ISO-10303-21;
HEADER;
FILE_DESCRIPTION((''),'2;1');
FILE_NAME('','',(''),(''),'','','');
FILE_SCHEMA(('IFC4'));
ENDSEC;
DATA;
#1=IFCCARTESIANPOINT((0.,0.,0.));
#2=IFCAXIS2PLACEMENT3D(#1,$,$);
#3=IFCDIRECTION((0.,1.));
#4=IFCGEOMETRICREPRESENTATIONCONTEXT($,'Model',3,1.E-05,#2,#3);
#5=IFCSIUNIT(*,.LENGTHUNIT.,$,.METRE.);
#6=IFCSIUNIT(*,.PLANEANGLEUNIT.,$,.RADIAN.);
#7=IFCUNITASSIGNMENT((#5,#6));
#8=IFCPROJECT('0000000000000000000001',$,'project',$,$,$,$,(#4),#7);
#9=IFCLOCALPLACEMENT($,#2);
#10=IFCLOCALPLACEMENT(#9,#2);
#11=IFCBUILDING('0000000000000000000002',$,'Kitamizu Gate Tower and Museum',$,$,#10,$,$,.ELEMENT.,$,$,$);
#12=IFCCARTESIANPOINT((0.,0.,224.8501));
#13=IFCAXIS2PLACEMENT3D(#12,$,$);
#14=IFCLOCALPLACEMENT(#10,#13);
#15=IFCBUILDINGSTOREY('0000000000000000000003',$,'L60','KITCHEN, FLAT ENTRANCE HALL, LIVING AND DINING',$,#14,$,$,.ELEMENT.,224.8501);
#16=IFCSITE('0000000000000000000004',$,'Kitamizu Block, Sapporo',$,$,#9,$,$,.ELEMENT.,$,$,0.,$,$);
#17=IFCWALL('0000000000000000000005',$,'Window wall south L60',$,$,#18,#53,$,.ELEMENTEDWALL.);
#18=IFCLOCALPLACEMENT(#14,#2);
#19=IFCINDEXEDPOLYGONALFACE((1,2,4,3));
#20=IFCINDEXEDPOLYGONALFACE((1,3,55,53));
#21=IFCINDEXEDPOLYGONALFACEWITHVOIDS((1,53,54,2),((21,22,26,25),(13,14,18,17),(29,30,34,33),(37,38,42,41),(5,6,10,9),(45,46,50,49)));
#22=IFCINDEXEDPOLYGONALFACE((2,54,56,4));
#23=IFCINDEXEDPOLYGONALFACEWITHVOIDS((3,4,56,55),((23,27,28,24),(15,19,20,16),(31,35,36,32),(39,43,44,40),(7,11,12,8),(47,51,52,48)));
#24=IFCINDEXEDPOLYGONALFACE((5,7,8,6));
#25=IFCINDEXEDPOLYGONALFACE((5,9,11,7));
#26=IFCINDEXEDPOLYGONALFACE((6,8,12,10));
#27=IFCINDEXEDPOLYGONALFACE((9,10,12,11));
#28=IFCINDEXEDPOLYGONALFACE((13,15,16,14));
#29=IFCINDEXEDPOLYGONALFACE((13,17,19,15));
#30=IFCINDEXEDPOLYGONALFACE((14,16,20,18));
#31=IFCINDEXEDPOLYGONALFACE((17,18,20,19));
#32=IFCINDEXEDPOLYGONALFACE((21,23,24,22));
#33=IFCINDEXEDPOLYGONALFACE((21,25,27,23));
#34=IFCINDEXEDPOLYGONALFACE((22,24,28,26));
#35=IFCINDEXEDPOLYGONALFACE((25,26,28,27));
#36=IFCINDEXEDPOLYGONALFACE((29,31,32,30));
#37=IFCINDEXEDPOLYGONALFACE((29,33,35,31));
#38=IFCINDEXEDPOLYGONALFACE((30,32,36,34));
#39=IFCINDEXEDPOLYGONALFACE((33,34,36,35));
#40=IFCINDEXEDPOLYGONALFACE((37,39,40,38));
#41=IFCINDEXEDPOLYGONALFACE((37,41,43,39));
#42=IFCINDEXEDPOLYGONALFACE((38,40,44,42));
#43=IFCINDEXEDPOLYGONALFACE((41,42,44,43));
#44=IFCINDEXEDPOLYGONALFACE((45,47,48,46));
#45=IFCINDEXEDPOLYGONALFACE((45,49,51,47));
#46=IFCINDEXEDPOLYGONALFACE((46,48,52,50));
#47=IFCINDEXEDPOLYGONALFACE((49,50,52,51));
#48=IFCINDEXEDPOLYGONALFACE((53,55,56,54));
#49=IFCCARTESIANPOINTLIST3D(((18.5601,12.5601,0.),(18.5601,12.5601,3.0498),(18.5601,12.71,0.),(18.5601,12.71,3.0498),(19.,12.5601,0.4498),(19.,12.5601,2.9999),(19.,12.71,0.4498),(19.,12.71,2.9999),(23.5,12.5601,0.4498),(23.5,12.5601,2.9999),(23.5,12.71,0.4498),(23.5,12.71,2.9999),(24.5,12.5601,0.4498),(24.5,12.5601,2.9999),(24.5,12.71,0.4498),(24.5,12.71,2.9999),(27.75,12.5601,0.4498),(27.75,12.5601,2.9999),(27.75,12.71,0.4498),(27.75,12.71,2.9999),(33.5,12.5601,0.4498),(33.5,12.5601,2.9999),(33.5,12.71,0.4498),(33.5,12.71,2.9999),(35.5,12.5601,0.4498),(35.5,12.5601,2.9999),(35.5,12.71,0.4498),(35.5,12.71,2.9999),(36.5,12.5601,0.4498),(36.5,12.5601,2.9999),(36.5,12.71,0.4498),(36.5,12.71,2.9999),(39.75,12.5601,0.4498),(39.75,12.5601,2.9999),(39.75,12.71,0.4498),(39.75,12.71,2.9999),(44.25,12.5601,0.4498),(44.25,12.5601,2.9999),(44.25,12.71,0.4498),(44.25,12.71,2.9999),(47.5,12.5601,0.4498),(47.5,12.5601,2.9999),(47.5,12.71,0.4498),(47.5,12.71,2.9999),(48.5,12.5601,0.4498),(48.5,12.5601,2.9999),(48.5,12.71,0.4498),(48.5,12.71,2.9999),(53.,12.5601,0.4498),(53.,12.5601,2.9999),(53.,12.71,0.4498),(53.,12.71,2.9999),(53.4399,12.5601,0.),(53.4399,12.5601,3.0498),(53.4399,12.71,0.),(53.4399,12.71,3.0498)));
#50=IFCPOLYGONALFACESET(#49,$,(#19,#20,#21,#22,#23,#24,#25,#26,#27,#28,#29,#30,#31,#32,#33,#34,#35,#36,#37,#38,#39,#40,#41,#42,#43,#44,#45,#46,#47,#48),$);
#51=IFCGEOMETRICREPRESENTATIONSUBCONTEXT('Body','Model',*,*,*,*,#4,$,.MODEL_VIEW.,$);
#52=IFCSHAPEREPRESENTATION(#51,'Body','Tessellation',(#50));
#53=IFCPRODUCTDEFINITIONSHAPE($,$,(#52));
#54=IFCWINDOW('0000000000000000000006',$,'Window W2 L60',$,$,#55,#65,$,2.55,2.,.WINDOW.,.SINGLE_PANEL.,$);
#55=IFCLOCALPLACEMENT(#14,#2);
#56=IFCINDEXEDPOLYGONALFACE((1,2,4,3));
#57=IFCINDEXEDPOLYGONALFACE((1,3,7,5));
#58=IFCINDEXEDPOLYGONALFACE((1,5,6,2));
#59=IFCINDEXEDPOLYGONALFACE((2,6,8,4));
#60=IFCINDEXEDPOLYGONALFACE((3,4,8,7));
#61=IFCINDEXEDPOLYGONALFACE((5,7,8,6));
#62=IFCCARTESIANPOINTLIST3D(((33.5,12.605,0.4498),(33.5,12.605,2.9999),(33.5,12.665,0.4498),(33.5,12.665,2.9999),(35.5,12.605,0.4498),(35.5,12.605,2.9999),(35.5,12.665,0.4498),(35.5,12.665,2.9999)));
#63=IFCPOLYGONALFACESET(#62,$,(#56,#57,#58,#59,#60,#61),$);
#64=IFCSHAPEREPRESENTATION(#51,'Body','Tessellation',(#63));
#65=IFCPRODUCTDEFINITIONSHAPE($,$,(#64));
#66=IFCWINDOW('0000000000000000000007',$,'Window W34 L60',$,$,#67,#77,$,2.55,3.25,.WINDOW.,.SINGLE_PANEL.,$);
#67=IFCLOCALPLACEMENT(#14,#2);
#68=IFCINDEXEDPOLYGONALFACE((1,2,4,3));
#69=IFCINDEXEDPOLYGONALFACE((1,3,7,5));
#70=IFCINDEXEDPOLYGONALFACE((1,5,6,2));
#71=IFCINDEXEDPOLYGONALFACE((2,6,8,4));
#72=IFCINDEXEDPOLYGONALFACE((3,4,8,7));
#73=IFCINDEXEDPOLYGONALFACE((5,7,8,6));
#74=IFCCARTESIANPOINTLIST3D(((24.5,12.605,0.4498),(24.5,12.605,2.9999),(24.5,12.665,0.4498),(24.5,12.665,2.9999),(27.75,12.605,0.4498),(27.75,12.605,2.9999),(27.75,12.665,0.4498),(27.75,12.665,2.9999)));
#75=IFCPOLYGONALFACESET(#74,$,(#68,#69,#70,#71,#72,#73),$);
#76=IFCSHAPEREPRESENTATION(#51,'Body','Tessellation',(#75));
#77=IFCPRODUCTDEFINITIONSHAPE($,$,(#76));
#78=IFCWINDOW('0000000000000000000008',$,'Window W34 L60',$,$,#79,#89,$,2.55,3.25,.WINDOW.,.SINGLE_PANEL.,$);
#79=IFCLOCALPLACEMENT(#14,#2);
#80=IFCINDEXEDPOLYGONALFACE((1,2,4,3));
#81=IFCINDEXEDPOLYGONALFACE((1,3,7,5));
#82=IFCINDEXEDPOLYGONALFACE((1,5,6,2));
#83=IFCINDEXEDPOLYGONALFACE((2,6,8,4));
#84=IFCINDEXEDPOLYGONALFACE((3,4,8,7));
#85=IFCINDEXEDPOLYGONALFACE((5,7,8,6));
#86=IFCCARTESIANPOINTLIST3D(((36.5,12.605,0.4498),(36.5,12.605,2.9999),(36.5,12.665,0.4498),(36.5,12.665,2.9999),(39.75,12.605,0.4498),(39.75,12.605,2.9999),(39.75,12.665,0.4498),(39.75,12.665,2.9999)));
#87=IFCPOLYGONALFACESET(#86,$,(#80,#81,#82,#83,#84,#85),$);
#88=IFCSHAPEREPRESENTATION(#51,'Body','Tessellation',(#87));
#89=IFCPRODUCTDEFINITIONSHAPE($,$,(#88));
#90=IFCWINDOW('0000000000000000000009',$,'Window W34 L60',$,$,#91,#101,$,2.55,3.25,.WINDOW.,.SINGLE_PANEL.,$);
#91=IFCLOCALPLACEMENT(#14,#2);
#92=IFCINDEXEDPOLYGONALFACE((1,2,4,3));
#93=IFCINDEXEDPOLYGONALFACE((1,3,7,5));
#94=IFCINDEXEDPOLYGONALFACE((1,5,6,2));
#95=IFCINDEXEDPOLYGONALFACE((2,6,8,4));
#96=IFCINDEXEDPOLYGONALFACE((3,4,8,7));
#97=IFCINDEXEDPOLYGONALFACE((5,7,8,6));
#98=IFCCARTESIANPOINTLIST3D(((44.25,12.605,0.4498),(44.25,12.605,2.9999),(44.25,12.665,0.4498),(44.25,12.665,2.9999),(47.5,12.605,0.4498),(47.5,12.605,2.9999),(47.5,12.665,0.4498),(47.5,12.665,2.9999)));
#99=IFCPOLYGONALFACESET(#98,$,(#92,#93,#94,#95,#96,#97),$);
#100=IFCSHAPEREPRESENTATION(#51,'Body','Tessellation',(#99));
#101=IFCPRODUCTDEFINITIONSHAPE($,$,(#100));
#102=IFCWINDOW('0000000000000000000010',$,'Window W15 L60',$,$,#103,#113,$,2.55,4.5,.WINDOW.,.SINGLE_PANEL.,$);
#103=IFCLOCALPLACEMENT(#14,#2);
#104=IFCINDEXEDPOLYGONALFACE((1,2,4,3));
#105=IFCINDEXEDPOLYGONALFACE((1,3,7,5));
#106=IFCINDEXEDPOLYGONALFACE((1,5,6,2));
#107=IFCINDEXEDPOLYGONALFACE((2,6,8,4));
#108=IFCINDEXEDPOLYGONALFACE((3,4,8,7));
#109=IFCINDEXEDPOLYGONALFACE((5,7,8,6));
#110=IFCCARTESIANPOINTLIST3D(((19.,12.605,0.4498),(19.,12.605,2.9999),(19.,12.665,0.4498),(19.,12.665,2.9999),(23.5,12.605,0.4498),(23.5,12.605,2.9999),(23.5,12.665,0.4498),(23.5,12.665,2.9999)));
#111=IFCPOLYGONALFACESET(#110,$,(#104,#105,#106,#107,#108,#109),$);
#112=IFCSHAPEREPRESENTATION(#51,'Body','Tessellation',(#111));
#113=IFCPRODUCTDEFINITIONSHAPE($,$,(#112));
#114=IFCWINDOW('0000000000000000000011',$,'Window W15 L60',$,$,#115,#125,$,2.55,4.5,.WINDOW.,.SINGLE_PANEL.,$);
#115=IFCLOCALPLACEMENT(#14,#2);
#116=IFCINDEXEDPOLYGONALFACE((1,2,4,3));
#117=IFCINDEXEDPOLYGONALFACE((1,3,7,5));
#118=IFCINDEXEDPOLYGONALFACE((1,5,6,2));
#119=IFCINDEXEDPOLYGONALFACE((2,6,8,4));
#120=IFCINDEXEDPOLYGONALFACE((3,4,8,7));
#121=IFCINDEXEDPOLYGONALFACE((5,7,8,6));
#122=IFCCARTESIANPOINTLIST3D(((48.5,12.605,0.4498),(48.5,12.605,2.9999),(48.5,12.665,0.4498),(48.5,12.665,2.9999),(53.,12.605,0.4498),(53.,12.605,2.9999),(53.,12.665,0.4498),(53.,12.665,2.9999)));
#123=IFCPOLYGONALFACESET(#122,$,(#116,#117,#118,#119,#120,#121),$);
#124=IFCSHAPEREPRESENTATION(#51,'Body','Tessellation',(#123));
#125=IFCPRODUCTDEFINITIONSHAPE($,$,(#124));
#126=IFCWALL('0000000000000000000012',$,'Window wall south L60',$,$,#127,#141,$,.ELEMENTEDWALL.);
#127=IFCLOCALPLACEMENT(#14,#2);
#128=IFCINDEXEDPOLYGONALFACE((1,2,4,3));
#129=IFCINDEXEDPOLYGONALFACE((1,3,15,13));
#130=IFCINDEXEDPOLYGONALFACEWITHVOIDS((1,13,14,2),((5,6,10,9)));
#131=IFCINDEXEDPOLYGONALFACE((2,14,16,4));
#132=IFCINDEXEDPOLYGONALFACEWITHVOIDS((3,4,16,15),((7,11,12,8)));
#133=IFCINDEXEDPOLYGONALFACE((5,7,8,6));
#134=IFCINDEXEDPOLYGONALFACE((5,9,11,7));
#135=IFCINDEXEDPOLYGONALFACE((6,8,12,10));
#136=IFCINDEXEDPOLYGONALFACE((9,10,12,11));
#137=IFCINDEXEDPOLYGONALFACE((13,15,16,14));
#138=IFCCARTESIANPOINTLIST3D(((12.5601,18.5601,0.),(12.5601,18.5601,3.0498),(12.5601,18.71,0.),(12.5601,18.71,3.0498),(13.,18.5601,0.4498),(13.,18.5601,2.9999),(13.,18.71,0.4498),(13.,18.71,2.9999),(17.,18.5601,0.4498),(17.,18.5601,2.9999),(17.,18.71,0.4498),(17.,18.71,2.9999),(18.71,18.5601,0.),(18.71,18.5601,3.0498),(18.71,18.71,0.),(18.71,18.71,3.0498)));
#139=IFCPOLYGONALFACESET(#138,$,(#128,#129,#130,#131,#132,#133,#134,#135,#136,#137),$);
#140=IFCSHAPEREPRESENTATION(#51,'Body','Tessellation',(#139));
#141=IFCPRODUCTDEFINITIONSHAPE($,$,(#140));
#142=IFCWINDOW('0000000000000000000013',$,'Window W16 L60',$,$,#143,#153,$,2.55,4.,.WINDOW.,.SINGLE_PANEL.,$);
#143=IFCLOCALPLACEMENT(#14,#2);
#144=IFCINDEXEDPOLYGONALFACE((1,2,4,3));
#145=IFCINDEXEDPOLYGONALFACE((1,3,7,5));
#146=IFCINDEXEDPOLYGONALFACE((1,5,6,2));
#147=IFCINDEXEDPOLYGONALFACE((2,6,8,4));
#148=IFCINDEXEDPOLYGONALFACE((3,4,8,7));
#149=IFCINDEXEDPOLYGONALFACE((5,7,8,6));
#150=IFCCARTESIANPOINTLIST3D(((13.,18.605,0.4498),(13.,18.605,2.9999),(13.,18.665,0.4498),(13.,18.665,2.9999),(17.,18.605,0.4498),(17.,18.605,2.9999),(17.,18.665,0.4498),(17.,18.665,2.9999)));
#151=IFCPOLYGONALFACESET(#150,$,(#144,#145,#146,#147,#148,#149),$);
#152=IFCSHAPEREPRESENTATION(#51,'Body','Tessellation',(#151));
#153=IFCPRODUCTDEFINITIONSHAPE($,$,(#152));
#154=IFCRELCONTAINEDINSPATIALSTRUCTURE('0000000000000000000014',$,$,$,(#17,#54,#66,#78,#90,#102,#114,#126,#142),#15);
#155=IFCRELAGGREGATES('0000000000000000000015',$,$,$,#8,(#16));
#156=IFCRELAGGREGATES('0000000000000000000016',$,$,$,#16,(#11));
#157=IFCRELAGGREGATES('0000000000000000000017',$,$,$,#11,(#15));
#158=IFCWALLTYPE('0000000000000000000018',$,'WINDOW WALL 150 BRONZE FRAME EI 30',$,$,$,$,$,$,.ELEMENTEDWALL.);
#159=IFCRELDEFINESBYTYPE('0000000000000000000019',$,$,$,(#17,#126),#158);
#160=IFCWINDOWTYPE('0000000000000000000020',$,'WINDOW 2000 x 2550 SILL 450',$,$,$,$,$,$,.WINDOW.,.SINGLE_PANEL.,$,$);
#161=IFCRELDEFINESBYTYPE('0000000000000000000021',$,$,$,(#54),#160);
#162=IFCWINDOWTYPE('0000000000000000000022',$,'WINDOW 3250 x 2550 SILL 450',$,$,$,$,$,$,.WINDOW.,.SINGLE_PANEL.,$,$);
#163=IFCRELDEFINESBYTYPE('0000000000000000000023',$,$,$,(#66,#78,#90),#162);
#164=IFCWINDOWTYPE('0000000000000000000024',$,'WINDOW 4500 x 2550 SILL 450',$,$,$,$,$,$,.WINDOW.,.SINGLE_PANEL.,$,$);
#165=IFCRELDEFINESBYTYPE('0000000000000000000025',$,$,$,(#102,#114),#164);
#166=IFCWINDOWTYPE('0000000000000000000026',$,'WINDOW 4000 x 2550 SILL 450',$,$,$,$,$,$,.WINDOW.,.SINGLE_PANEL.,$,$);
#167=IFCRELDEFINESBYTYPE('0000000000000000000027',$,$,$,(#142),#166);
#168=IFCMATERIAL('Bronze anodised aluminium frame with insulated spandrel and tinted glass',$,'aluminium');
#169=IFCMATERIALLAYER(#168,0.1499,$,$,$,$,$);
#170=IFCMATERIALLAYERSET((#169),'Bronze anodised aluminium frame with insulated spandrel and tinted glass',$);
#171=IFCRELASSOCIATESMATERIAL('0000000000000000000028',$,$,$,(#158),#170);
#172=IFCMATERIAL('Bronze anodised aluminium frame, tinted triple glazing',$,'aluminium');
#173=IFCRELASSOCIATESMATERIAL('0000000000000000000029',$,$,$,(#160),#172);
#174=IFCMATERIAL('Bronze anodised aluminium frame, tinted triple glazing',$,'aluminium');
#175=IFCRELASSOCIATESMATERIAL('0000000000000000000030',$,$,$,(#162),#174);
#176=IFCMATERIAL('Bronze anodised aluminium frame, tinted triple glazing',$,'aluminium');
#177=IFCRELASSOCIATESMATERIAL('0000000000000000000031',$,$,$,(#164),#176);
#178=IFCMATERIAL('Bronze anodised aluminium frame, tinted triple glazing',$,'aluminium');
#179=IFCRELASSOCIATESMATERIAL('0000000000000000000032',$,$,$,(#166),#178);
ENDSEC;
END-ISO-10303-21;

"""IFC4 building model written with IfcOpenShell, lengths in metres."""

from ifc_helpers import new_model, si_unit, direction, frame, frame_2d, origin, place, context, subcontext, project, spatial, rectangle, extrude, material, layer, layer_set, type_object, element, fill, save


model = new_model("IFC4")

# Units and contexts
model_context = context("Model", 3, precision=1e-05, world=origin(), true_north=direction((0.0, 1.0)))
body_context = subcontext(model_context, "Body", "Model", "MODEL_VIEW")
ifc_project = project(units=[si_unit("LENGTHUNIT", "METRE"), si_unit("PLANEANGLEUNIT", "RADIAN")], contexts=[model_context])

# Site, building, storey
site_placement = place(None, origin())
site = spatial("IfcSite", under=ifc_project, at=site_placement, Name="Kitamizu Block, Sapporo", CompositionType="ELEMENT", RefElevation=0.0)
building_placement = place(site_placement, origin())
building = spatial("IfcBuilding", under=site, at=building_placement, Name="Kitamizu Gate Tower and Museum", CompositionType="ELEMENT")
storey_placement = place(building_placement, frame((0.0, 0.0, 224.8501)))
storey = spatial("IfcBuildingStorey", under=building, at=storey_placement, Name="L60", Description="KITCHEN, FLAT ENTRANCE HALL, LIVING AND DINING", CompositionType="ELEMENT", Elevation=224.8501)

# Wall, openings, windows
ifc_material_1 = material(Name="Bronze anodised aluminium frame with insulated spandrel and tinted glass", Category="aluminium")
ifc_layer_1 = layer(ifc_material_1, 0.1499)
ifc_layer_set_1 = layer_set([ifc_layer_1], Name="Bronze anodised aluminium frame with insulated spandrel and tinted glass")
wall_type_1 = type_object("IfcWallType", Name="WINDOW WALL 150 BRONZE FRAME EI 30", PredefinedType="ELEMENTEDWALL", material=ifc_layer_set_1)
wall_1_placement = place(storey_placement, frame((18.5601, 12.635, 0.0), z_axis=(0.0, 0.0, 1.0), x_axis=(1.0, 0.0, 0.0)))
wall_1 = element("IfcWall", 1, at=wall_1_placement, inside=storey, type_object=wall_type_1, Name="Window wall south L60", PredefinedType="ELEMENTEDWALL", context=body_context, shape_type="SweptSolid", body=[
    extrude(rectangle(XDim=34.8799, YDim=0.1499, at=frame_2d((17.4399, 0.0))), origin(), (0.0, 0.0, 1.0), 3.0498),
])
opening_1_placement = place(wall_1_placement, frame((0.4399, 0.0, 0.45)))
opening_1 = element("IfcOpeningElement", 2, at=opening_1_placement, cuts=wall_1, PredefinedType="OPENING", context=body_context, shape_type="SweptSolid", body=[
    extrude(rectangle(XDim=4.5, YDim=2.55, at=frame_2d((2.25, 1.2749))), frame((0.0, 0.085, 0.0), z_axis=(0.0, -1.0, 0.0), x_axis=(1.0, 0.0, 0.0)), (0.0, 0.0, 1.0), 0.1699),
])
opening_2_placement = place(wall_1_placement, frame((5.9399, 0.0, 0.45)))
opening_2 = element("IfcOpeningElement", 3, at=opening_2_placement, cuts=wall_1, PredefinedType="OPENING", context=body_context, shape_type="SweptSolid", body=[
    extrude(rectangle(XDim=3.25, YDim=2.55, at=frame_2d((1.625, 1.2749))), frame((0.0, 0.085, 0.0), z_axis=(0.0, -1.0, 0.0), x_axis=(1.0, 0.0, 0.0)), (0.0, 0.0, 1.0), 0.1699),
])
opening_3_placement = place(wall_1_placement, frame((14.9399, 0.0, 0.45)))
opening_3 = element("IfcOpeningElement", 4, at=opening_3_placement, cuts=wall_1, PredefinedType="OPENING", context=body_context, shape_type="SweptSolid", body=[
    extrude(rectangle(XDim=2.0, YDim=2.55, at=frame_2d((1.0, 1.2749))), frame((0.0, 0.085, 0.0), z_axis=(0.0, -1.0, 0.0), x_axis=(1.0, 0.0, 0.0)), (0.0, 0.0, 1.0), 0.1699),
])
opening_4_placement = place(wall_1_placement, frame((17.9399, 0.0, 0.45)))
opening_4 = element("IfcOpeningElement", 5, at=opening_4_placement, cuts=wall_1, PredefinedType="OPENING", context=body_context, shape_type="SweptSolid", body=[
    extrude(rectangle(XDim=3.25, YDim=2.55, at=frame_2d((1.625, 1.2749))), frame((0.0, 0.085, 0.0), z_axis=(0.0, -1.0, 0.0), x_axis=(1.0, 0.0, 0.0)), (0.0, 0.0, 1.0), 0.1699),
])
opening_5_placement = place(wall_1_placement, frame((25.6899, 0.0, 0.45)))
opening_5 = element("IfcOpeningElement", 6, at=opening_5_placement, cuts=wall_1, PredefinedType="OPENING", context=body_context, shape_type="SweptSolid", body=[
    extrude(rectangle(XDim=3.25, YDim=2.55, at=frame_2d((1.625, 1.2749))), frame((0.0, 0.085, 0.0), z_axis=(0.0, -1.0, 0.0), x_axis=(1.0, 0.0, 0.0)), (0.0, 0.0, 1.0), 0.1699),
])
opening_6_placement = place(wall_1_placement, frame((29.9399, 0.0, 0.45)))
opening_6 = element("IfcOpeningElement", 7, at=opening_6_placement, cuts=wall_1, PredefinedType="OPENING", context=body_context, shape_type="SweptSolid", body=[
    extrude(rectangle(XDim=4.5, YDim=2.55, at=frame_2d((2.25, 1.2749))), frame((0.0, 0.085, 0.0), z_axis=(0.0, -1.0, 0.0), x_axis=(1.0, 0.0, 0.0)), (0.0, 0.0, 1.0), 0.1699),
])
ifc_material_2 = material(Name="Bronze anodised aluminium frame, tinted triple glazing", Category="aluminium")
window_type_1 = type_object("IfcWindowType", Name="WINDOW 2000 x 2550 SILL 450", PartitioningType="SINGLE_PANEL", PredefinedType="WINDOW", material=ifc_material_2)
window_1_placement = place(opening_3_placement, origin())
window_1 = element("IfcWindow", 8, at=window_1_placement, inside=storey, type_object=window_type_1, Name="Window W2 L60", OverallHeight=2.55, OverallWidth=2.0, PartitioningType="SINGLE_PANEL", PredefinedType="WINDOW", context=body_context, shape_type="SweptSolid", body=[
    extrude(rectangle(XDim=2.0, YDim=2.55, at=frame_2d((1.0, 1.2749))), frame((0.0, 0.03, 0.0), z_axis=(0.0, -1.0, 0.0), x_axis=(1.0, 0.0, 0.0)), (0.0, 0.0, 1.0), 0.0601),
])
fill(opening_3, window_1)
ifc_material_3 = material(Name="Bronze anodised aluminium frame, tinted triple glazing", Category="aluminium")
window_type_2 = type_object("IfcWindowType", Name="WINDOW 3250 x 2550 SILL 450", PartitioningType="SINGLE_PANEL", PredefinedType="WINDOW", material=ifc_material_3)
window_2_placement = place(opening_2_placement, origin())
window_2 = element("IfcWindow", 9, at=window_2_placement, inside=storey, type_object=window_type_2, Name="Window W34 L60", OverallHeight=2.55, OverallWidth=3.25, PartitioningType="SINGLE_PANEL", PredefinedType="WINDOW", context=body_context, shape_type="SweptSolid", body=[
    extrude(rectangle(XDim=3.25, YDim=2.55, at=frame_2d((1.625, 1.2749))), frame((0.0, 0.03, 0.0), z_axis=(0.0, -1.0, 0.0), x_axis=(1.0, 0.0, 0.0)), (0.0, 0.0, 1.0), 0.0601),
])
fill(opening_2, window_2)
window_3_placement = place(opening_4_placement, origin())
window_3 = element("IfcWindow", 10, at=window_3_placement, inside=storey, type_object=window_type_2, Name="Window W34 L60", OverallHeight=2.55, OverallWidth=3.25, PartitioningType="SINGLE_PANEL", PredefinedType="WINDOW", context=body_context, shape_type="SweptSolid", body=[
    extrude(rectangle(XDim=3.25, YDim=2.55, at=frame_2d((1.625, 1.2749))), frame((0.0, 0.03, 0.0), z_axis=(0.0, -1.0, 0.0), x_axis=(1.0, 0.0, 0.0)), (0.0, 0.0, 1.0), 0.0601),
])
fill(opening_4, window_3)
window_4_placement = place(opening_5_placement, origin())
window_4 = element("IfcWindow", 11, at=window_4_placement, inside=storey, type_object=window_type_2, Name="Window W34 L60", OverallHeight=2.55, OverallWidth=3.25, PartitioningType="SINGLE_PANEL", PredefinedType="WINDOW", context=body_context, shape_type="SweptSolid", body=[
    extrude(rectangle(XDim=3.25, YDim=2.55, at=frame_2d((1.625, 1.2749))), frame((0.0, 0.03, 0.0), z_axis=(0.0, -1.0, 0.0), x_axis=(1.0, 0.0, 0.0)), (0.0, 0.0, 1.0), 0.0601),
])
fill(opening_5, window_4)
ifc_material_4 = material(Name="Bronze anodised aluminium frame, tinted triple glazing", Category="aluminium")
window_type_3 = type_object("IfcWindowType", Name="WINDOW 4500 x 2550 SILL 450", PartitioningType="SINGLE_PANEL", PredefinedType="WINDOW", material=ifc_material_4)
window_5_placement = place(opening_1_placement, origin())
window_5 = element("IfcWindow", 12, at=window_5_placement, inside=storey, type_object=window_type_3, Name="Window W15 L60", OverallHeight=2.55, OverallWidth=4.5, PartitioningType="SINGLE_PANEL", PredefinedType="WINDOW", context=body_context, shape_type="SweptSolid", body=[
    extrude(rectangle(XDim=4.5, YDim=2.55, at=frame_2d((2.25, 1.2749))), frame((0.0, 0.03, 0.0), z_axis=(0.0, -1.0, 0.0), x_axis=(1.0, 0.0, 0.0)), (0.0, 0.0, 1.0), 0.0601),
])
fill(opening_1, window_5)
window_6_placement = place(opening_6_placement, origin())
window_6 = element("IfcWindow", 13, at=window_6_placement, inside=storey, type_object=window_type_3, Name="Window W15 L60", OverallHeight=2.55, OverallWidth=4.5, PartitioningType="SINGLE_PANEL", PredefinedType="WINDOW", context=body_context, shape_type="SweptSolid", body=[
    extrude(rectangle(XDim=4.5, YDim=2.55, at=frame_2d((2.25, 1.2749))), frame((0.0, 0.03, 0.0), z_axis=(0.0, -1.0, 0.0), x_axis=(1.0, 0.0, 0.0)), (0.0, 0.0, 1.0), 0.0601),
])
fill(opening_6, window_6)

# Wall, opening, window
wall_2_placement = place(storey_placement, frame((12.5601, 18.635, 0.0), z_axis=(0.0, 0.0, 1.0), x_axis=(1.0, 0.0, 0.0)))
wall_2 = element("IfcWall", 14, at=wall_2_placement, inside=storey, type_object=wall_type_1, Name="Window wall south L60", PredefinedType="ELEMENTEDWALL", context=body_context, shape_type="SweptSolid", body=[
    extrude(rectangle(XDim=6.1499, YDim=0.1499, at=frame_2d((3.075, 0.0))), origin(), (0.0, 0.0, 1.0), 3.0498),
])
opening_7_placement = place(wall_2_placement, frame((0.4399, 0.0, 0.45)))
opening_7 = element("IfcOpeningElement", 15, at=opening_7_placement, cuts=wall_2, PredefinedType="OPENING", context=body_context, shape_type="SweptSolid", body=[
    extrude(rectangle(XDim=4.0, YDim=2.55, at=frame_2d((2.0, 1.2749))), frame((0.0, 0.085, 0.0), z_axis=(0.0, -1.0, 0.0), x_axis=(1.0, 0.0, 0.0)), (0.0, 0.0, 1.0), 0.1699),
])
ifc_material_5 = material(Name="Bronze anodised aluminium frame, tinted triple glazing", Category="aluminium")
window_type_4 = type_object("IfcWindowType", Name="WINDOW 4000 x 2550 SILL 450", PartitioningType="SINGLE_PANEL", PredefinedType="WINDOW", material=ifc_material_5)
window_7_placement = place(opening_7_placement, origin())
window_7 = element("IfcWindow", 16, at=window_7_placement, inside=storey, type_object=window_type_4, Name="Window W16 L60", OverallHeight=2.55, OverallWidth=4.0, PartitioningType="SINGLE_PANEL", PredefinedType="WINDOW", context=body_context, shape_type="SweptSolid", body=[
    extrude(rectangle(XDim=4.0, YDim=2.55, at=frame_2d((2.0, 1.2749))), frame((0.0, 0.03, 0.0), z_axis=(0.0, -1.0, 0.0), x_axis=(1.0, 0.0, 0.0)), (0.0, 0.0, 1.0), 0.0601),
])
fill(opening_7, window_7)

save(model, "model.ifc")
